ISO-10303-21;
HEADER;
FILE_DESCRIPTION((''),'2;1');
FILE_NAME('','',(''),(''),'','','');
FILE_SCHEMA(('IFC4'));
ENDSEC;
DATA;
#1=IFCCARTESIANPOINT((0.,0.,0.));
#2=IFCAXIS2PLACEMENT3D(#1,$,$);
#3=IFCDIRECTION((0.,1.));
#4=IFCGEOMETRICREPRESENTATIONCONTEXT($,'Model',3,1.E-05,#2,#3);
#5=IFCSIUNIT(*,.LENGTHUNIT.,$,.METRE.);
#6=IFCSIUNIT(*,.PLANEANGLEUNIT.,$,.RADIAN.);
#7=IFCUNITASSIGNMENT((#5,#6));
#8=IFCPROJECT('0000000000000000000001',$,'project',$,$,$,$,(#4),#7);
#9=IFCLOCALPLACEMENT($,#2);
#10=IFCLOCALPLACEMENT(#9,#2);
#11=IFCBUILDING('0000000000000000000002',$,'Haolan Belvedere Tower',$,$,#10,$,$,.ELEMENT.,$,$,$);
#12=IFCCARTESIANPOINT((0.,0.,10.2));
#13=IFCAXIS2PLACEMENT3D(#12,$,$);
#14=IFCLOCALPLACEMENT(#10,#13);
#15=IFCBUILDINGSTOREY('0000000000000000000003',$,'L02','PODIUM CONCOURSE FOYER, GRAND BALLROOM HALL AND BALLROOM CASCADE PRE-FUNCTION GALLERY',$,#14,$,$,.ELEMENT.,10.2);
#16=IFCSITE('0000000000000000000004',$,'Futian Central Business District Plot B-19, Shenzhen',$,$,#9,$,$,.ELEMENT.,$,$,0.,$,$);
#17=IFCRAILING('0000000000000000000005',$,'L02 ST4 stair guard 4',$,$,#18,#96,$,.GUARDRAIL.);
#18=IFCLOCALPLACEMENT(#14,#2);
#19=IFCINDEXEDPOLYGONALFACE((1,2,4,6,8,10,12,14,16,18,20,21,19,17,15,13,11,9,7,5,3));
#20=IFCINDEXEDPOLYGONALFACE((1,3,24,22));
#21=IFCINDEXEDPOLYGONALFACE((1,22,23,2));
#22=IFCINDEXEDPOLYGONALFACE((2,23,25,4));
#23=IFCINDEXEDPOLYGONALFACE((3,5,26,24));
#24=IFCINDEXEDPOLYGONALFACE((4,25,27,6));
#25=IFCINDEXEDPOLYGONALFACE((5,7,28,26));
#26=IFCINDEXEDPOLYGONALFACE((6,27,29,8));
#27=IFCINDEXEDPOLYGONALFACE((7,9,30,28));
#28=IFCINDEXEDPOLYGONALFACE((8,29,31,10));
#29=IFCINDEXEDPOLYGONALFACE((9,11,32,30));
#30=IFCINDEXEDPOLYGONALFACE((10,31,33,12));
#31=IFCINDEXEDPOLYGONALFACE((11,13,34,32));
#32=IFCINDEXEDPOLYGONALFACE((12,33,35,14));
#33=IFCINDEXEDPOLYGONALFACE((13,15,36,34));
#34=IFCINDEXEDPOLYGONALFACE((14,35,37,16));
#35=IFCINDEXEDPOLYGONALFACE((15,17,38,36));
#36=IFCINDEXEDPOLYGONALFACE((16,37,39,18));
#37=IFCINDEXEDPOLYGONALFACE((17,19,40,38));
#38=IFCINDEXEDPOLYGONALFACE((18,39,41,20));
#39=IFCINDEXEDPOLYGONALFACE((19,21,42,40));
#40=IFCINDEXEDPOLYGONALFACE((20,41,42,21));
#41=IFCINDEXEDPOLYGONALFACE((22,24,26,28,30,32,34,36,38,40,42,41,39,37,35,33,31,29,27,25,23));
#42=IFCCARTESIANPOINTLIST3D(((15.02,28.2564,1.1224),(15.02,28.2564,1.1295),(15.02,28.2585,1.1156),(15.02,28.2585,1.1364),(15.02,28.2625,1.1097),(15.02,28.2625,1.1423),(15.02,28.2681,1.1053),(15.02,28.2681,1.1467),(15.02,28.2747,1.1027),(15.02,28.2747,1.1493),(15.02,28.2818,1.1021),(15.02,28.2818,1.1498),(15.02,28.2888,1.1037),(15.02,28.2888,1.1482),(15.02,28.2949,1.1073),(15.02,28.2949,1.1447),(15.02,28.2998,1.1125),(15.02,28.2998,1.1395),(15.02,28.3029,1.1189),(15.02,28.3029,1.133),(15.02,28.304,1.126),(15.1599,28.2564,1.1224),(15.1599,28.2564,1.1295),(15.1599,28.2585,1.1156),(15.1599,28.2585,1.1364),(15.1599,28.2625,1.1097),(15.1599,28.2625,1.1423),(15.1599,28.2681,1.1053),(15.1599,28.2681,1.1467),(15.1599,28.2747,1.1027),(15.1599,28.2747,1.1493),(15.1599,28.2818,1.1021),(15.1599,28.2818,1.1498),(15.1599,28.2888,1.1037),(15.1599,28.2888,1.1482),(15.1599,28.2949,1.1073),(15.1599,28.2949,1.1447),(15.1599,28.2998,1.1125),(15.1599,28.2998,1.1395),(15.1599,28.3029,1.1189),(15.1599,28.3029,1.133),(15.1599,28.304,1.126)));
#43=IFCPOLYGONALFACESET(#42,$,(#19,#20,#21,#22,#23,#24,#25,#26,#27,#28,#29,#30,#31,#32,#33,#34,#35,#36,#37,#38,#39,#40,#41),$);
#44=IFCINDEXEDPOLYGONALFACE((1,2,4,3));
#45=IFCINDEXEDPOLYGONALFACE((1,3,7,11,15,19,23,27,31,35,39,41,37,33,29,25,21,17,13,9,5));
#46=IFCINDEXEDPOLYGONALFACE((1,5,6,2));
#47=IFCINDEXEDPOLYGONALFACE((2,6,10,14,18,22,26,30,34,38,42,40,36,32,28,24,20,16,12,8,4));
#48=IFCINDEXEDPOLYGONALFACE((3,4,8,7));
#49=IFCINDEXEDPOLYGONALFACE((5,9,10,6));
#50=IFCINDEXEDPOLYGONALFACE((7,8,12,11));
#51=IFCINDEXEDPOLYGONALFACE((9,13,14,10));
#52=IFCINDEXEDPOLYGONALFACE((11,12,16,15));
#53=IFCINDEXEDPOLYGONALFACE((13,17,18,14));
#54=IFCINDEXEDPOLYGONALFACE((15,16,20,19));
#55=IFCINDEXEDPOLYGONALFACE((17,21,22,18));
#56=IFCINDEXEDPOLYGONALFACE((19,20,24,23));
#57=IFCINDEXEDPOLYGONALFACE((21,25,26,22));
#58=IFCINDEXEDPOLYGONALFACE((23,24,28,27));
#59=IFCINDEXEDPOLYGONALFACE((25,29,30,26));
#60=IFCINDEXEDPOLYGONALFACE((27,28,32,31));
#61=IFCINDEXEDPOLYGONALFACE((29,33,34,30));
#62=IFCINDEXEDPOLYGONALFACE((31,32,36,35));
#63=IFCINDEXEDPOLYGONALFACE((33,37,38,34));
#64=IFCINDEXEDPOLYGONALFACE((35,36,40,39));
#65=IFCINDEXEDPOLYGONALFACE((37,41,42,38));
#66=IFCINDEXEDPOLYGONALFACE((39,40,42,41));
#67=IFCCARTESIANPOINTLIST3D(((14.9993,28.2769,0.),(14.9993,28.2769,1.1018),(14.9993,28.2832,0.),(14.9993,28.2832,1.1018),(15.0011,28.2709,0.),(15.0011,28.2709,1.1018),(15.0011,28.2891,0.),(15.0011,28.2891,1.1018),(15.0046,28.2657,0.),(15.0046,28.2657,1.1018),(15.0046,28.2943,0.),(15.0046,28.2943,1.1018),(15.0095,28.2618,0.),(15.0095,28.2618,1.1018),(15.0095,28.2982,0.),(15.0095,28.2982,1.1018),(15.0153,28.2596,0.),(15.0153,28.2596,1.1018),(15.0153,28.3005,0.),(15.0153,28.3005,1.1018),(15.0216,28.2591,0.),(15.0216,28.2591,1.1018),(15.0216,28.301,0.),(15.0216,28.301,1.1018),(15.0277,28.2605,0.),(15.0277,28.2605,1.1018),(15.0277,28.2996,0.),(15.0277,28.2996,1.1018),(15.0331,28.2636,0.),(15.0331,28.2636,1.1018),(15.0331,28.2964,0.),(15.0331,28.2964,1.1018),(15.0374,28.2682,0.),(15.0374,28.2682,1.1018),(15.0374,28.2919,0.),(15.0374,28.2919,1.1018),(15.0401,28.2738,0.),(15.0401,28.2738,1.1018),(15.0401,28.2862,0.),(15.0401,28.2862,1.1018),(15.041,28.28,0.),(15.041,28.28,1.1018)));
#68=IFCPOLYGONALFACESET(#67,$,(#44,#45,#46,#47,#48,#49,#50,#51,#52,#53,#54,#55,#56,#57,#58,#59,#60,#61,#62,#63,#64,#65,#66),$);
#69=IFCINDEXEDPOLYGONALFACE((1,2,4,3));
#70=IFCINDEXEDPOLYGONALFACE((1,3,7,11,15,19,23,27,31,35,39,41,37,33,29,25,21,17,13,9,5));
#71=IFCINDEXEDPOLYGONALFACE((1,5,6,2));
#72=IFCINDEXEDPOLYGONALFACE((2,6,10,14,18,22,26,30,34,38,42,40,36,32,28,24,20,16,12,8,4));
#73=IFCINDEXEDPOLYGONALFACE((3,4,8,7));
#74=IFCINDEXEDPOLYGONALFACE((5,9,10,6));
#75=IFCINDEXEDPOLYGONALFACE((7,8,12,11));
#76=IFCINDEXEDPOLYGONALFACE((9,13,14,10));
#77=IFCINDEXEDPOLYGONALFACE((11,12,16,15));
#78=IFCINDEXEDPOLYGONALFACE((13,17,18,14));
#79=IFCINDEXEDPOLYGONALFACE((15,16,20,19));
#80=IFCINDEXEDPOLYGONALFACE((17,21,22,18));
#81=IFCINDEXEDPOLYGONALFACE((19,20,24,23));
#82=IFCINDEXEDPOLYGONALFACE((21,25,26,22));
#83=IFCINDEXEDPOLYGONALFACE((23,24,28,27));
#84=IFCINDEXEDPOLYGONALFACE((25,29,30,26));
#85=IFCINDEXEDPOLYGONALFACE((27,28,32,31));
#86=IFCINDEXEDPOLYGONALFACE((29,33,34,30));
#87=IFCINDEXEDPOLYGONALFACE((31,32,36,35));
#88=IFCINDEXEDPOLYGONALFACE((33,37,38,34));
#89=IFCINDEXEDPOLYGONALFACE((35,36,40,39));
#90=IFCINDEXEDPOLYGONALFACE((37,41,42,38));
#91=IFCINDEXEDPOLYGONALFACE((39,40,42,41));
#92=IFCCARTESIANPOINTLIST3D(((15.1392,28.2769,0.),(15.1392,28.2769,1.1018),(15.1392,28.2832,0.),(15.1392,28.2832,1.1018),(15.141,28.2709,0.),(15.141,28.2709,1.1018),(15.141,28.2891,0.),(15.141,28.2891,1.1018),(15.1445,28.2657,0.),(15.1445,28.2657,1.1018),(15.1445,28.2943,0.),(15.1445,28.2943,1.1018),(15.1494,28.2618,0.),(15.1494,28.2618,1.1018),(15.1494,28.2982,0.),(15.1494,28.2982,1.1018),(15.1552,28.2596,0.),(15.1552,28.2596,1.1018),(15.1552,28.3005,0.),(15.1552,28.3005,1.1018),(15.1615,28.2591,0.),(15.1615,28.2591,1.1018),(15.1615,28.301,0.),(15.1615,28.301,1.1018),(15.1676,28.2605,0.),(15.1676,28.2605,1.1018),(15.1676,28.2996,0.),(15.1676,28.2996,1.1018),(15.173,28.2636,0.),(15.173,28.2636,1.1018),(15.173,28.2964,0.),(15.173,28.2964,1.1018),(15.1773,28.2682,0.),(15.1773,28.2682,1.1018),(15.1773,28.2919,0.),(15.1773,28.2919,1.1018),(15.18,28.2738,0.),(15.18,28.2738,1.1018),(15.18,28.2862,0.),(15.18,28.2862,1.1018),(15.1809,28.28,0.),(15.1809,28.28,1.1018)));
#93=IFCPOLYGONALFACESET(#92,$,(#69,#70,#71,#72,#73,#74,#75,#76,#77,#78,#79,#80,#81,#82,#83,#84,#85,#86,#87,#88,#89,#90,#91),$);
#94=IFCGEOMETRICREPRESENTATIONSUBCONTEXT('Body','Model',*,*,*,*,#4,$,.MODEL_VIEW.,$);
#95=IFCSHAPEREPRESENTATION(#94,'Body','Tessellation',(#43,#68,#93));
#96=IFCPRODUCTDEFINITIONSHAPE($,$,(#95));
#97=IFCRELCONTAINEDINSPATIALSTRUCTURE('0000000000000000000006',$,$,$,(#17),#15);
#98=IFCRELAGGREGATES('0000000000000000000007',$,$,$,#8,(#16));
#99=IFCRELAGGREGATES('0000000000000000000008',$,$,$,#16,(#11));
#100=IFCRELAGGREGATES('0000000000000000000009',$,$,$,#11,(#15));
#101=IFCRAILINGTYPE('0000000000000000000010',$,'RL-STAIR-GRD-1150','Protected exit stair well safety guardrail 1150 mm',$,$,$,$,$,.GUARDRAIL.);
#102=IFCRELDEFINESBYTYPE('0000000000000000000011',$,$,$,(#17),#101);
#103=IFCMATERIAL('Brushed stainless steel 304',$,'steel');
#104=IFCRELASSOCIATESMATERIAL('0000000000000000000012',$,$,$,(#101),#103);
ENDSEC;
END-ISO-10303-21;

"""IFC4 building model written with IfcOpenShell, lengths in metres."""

from ifc_helpers import new_model, si_unit, direction, frame, origin, origin_2d, place, context, subcontext, project, spatial, circle, extrude, material, type_object, element, save


model = new_model("IFC4")

# Units and contexts
model_context = context("Model", 3, precision=1e-05, world=origin(), true_north=direction((0.0, 1.0)))
body_context = subcontext(model_context, "Body", "Model", "MODEL_VIEW")
ifc_project = project(units=[si_unit("LENGTHUNIT", "METRE"), si_unit("PLANEANGLEUNIT", "RADIAN")], contexts=[model_context])

# Site, building, storey
site_placement = place(None, origin())
site = spatial("IfcSite", under=ifc_project, at=site_placement, Name="Futian Central Business District Plot B-19, Shenzhen", CompositionType="ELEMENT", RefElevation=0.0)
building_placement = place(site_placement, origin())
building = spatial("IfcBuilding", under=site, at=building_placement, Name="Haolan Belvedere Tower", CompositionType="ELEMENT")
storey_placement = place(building_placement, frame((0.0, 0.0, 10.2)))
storey = spatial("IfcBuildingStorey", under=building, at=storey_placement, Name="L02", Description="PODIUM CONCOURSE FOYER, GRAND BALLROOM HALL AND BALLROOM CASCADE PRE-FUNCTION GALLERY", CompositionType="ELEMENT", Elevation=10.2)

# Railing
ifc_material_1 = material(Name="Brushed stainless steel 304", Category="steel")
railing_type_1 = type_object("IfcRailingType", Name="RL-STAIR-GRD-1150", Description="Protected exit stair well safety guardrail 1150 mm", PredefinedType="GUARDRAIL", material=ifc_material_1)
railing_1_placement = place(storey_placement, frame((15.02, 28.28, 0.0)))
element("IfcRailing", 1, at=railing_1_placement, inside=storey, type_object=railing_type_1, Name="L02 ST4 stair guard 4", PredefinedType="GUARDRAIL", context=body_context, shape_type="SweptSolid", body=[
    extrude(circle(Radius=0.0239, at=origin_2d()), frame((0.0, 0.0, 1.126), z_axis=(1.0, 0.0, 0.0), x_axis=(0.0, 1.0, 0.0)), (0.0, 0.0, 1.0), 0.1399),
    extrude(circle(Radius=0.021, at=origin_2d()), origin(), (0.0, 0.0, 1.0), 1.1018),
    extrude(circle(Radius=0.021, at=origin_2d()), frame((0.1399, 0.0, 0.0)), (0.0, 0.0, 1.0), 1.1018),
])

save(model, "model.ifc")
